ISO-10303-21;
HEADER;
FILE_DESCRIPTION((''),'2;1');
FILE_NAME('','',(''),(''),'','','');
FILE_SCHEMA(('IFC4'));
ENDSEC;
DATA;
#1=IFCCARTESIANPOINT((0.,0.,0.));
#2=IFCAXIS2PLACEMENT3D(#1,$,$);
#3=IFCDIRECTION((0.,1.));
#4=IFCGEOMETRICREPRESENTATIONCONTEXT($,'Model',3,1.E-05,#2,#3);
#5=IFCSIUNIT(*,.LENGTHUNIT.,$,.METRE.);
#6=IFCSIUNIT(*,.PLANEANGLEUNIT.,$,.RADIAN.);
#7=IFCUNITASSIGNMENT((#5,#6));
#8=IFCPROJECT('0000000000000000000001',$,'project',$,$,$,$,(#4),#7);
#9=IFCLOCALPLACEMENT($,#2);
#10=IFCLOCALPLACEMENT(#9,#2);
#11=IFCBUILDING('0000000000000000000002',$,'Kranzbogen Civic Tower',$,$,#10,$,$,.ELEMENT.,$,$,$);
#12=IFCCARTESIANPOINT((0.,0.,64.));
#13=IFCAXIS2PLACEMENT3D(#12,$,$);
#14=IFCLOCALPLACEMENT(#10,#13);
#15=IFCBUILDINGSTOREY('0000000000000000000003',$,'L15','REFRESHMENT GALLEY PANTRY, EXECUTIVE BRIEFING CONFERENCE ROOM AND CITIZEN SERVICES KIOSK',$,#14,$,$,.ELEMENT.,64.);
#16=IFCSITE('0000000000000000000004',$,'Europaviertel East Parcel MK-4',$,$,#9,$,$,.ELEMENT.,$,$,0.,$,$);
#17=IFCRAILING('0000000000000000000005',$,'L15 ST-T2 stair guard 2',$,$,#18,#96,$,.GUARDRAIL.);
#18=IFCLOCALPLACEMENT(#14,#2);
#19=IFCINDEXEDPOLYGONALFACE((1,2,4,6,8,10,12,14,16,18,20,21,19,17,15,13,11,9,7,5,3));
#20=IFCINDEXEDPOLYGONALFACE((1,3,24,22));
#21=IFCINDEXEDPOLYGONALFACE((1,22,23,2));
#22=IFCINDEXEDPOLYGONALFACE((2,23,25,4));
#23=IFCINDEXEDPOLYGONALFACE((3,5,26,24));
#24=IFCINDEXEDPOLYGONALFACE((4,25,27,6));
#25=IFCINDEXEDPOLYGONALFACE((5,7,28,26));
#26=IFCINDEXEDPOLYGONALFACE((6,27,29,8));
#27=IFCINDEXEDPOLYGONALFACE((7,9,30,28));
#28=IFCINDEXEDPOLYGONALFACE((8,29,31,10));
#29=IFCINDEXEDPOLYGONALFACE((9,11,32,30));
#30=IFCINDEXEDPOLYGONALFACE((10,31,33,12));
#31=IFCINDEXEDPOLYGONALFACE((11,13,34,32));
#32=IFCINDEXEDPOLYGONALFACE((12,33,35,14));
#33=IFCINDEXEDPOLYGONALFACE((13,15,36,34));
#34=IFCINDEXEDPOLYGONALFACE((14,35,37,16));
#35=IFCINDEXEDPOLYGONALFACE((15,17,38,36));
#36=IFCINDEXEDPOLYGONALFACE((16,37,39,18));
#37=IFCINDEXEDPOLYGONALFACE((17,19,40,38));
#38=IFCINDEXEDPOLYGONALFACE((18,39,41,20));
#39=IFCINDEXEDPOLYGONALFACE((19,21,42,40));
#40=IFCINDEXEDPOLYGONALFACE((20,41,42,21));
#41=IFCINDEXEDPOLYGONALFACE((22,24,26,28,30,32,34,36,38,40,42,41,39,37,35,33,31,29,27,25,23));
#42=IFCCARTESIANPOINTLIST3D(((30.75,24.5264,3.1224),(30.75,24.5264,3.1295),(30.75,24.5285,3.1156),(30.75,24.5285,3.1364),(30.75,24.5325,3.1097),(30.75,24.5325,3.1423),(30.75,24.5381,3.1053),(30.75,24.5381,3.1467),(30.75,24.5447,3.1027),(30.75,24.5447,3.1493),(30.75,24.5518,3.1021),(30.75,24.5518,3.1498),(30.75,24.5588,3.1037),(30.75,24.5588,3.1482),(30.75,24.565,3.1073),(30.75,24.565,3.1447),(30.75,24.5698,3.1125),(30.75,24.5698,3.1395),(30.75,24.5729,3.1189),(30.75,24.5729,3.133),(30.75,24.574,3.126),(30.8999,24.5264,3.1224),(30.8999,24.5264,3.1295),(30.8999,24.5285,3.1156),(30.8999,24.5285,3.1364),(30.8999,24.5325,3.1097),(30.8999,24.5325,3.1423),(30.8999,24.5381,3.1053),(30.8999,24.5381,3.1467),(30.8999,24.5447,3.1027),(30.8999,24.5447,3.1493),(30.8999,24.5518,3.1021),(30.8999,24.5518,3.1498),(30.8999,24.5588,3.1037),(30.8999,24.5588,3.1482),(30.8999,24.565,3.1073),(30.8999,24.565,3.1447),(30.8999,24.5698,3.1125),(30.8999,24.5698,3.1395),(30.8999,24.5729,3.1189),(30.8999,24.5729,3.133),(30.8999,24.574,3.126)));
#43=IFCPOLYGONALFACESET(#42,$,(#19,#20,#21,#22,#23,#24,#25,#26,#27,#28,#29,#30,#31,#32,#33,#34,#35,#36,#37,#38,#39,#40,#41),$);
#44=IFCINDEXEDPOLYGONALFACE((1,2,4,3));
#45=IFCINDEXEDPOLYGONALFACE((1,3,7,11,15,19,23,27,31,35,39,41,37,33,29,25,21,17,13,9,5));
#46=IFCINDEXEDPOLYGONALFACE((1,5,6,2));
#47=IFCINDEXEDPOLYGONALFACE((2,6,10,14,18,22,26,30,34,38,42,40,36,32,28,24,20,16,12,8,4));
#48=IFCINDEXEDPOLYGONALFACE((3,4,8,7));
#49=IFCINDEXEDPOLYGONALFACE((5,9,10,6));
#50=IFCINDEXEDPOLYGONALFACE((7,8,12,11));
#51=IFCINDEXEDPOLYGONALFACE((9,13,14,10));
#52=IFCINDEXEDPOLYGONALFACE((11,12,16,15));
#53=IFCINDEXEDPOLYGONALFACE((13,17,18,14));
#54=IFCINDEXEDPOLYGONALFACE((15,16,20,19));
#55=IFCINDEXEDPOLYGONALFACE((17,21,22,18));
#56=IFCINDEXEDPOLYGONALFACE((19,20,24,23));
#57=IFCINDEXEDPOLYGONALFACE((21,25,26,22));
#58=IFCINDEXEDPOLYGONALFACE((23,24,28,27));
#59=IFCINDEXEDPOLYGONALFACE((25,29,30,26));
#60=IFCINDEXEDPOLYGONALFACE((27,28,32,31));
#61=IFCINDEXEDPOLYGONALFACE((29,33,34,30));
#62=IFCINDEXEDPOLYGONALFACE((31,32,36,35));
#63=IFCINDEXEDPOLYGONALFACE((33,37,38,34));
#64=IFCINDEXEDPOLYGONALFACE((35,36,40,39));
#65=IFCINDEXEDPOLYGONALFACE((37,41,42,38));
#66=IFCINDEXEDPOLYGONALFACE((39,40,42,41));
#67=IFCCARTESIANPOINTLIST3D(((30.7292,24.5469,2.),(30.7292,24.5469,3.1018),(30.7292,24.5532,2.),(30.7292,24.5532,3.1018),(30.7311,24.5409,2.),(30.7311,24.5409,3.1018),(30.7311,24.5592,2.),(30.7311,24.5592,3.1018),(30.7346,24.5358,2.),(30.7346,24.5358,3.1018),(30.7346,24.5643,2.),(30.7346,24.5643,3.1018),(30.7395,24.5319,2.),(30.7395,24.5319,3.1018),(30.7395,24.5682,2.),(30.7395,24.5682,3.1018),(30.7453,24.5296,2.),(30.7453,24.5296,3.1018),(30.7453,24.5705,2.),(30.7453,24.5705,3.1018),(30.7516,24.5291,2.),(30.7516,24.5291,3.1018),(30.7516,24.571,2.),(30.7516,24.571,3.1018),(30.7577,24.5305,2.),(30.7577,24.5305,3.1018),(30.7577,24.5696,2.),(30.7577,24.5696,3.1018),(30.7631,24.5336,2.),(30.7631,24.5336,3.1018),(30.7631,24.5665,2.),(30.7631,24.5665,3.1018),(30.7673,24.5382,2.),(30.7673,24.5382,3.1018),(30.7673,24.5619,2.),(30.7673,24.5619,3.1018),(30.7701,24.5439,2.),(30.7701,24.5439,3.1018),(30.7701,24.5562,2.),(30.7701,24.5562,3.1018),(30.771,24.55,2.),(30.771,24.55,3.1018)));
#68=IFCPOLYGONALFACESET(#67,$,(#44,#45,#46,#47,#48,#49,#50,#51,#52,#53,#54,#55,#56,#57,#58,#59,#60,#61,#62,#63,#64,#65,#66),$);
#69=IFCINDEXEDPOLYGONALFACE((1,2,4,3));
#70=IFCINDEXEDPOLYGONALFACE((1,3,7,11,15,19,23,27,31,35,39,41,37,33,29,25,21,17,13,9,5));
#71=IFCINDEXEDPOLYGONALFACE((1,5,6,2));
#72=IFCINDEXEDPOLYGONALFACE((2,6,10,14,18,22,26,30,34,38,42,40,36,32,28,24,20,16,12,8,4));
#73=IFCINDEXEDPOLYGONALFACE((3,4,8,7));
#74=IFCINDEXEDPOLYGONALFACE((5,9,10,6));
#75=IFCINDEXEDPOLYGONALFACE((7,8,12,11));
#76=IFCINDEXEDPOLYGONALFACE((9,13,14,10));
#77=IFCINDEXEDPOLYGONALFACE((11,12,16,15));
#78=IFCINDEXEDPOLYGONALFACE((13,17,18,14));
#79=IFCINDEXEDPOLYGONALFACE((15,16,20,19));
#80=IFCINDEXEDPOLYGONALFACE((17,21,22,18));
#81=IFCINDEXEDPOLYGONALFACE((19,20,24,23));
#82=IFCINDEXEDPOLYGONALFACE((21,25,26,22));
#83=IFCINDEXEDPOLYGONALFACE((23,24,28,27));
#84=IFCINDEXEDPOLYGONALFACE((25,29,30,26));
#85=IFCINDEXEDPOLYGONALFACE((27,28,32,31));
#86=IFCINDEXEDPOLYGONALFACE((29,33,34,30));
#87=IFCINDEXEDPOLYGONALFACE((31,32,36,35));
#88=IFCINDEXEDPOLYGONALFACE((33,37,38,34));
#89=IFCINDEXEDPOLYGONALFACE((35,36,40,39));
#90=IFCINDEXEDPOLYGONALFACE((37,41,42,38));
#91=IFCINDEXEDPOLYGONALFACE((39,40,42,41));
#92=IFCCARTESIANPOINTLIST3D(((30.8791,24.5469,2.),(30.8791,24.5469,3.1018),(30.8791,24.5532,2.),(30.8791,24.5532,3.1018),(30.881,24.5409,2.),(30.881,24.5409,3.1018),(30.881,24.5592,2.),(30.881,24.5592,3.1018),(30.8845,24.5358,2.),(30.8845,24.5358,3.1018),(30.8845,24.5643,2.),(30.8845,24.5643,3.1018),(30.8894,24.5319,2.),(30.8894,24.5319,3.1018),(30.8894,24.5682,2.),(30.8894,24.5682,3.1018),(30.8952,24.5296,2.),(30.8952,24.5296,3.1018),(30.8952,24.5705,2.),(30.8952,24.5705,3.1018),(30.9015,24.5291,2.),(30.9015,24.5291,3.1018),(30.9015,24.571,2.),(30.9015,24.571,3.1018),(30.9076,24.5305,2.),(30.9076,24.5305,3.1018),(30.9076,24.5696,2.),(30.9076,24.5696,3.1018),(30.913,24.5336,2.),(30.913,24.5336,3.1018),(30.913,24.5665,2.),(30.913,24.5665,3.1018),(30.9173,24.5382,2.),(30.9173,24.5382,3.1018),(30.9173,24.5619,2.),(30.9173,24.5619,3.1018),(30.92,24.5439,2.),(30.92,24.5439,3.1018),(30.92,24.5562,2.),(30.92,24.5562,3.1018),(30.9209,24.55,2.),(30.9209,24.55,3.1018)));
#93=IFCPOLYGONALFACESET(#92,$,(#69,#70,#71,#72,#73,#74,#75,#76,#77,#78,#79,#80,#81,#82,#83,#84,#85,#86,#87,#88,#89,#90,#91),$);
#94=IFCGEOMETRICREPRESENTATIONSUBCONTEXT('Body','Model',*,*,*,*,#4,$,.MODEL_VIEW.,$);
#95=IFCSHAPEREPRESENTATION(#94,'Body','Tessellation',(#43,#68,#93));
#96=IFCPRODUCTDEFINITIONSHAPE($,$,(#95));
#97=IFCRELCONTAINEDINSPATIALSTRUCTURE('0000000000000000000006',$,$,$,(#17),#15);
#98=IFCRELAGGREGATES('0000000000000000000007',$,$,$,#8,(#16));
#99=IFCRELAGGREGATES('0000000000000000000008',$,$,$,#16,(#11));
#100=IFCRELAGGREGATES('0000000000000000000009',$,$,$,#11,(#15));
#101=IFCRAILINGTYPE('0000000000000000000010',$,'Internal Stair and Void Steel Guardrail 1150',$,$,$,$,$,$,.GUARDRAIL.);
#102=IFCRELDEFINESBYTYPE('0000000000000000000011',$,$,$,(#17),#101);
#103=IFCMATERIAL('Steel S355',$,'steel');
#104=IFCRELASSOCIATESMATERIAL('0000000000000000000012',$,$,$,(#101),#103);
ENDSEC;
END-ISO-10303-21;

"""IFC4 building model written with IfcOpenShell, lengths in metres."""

from ifc_helpers import new_model, si_unit, direction, frame, origin, origin_2d, place, context, subcontext, project, spatial, circle, extrude, material, type_object, element, save


model = new_model("IFC4")

# Units and contexts
model_context = context("Model", 3, precision=1e-05, world=origin(), true_north=direction((0.0, 1.0)))
body_context = subcontext(model_context, "Body", "Model", "MODEL_VIEW")
ifc_project = project(units=[si_unit("LENGTHUNIT", "METRE"), si_unit("PLANEANGLEUNIT", "RADIAN")], contexts=[model_context])

# Site, building, storey
site_placement = place(None, origin())
site = spatial("IfcSite", under=ifc_project, at=site_placement, Name="Europaviertel East Parcel MK-4", CompositionType="ELEMENT", RefElevation=0.0)
building_placement = place(site_placement, origin())
building = spatial("IfcBuilding", under=site, at=building_placement, Name="Kranzbogen Civic Tower", CompositionType="ELEMENT")
storey_placement = place(building_placement, frame((0.0, 0.0, 64.0)))
storey = spatial("IfcBuildingStorey", under=building, at=storey_placement, Name="L15", Description="REFRESHMENT GALLEY PANTRY, EXECUTIVE BRIEFING CONFERENCE ROOM AND CITIZEN SERVICES KIOSK", CompositionType="ELEMENT", Elevation=64.0)

# Shared definitions
ifc_material_1 = material(Name="Steel S355", Category="steel")

# Railing
railing_type_1 = type_object("IfcRailingType", Name="Internal Stair and Void Steel Guardrail 1150", PredefinedType="GUARDRAIL", material=ifc_material_1)
railing_1_placement = place(storey_placement, frame((30.75, 24.55, 2.0)))
element("IfcRailing", 1, at=railing_1_placement, inside=storey, type_object=railing_type_1, Name="L15 ST-T2 stair guard 2", PredefinedType="GUARDRAIL", context=body_context, shape_type="SweptSolid", body=[
    extrude(circle(Radius=0.0239, at=origin_2d()), frame((0.0, 0.0, 1.126), z_axis=(1.0, 0.0, 0.0), x_axis=(0.0, 1.0, 0.0)), (0.0, 0.0, 1.0), 0.1499),
    extrude(circle(Radius=0.021, at=origin_2d()), origin(), (0.0, 0.0, 1.0), 1.1018),
    extrude(circle(Radius=0.021, at=origin_2d()), frame((0.1499, 0.0, 0.0)), (0.0, 0.0, 1.0), 1.1018),
])

save(model, "model.ifc")
